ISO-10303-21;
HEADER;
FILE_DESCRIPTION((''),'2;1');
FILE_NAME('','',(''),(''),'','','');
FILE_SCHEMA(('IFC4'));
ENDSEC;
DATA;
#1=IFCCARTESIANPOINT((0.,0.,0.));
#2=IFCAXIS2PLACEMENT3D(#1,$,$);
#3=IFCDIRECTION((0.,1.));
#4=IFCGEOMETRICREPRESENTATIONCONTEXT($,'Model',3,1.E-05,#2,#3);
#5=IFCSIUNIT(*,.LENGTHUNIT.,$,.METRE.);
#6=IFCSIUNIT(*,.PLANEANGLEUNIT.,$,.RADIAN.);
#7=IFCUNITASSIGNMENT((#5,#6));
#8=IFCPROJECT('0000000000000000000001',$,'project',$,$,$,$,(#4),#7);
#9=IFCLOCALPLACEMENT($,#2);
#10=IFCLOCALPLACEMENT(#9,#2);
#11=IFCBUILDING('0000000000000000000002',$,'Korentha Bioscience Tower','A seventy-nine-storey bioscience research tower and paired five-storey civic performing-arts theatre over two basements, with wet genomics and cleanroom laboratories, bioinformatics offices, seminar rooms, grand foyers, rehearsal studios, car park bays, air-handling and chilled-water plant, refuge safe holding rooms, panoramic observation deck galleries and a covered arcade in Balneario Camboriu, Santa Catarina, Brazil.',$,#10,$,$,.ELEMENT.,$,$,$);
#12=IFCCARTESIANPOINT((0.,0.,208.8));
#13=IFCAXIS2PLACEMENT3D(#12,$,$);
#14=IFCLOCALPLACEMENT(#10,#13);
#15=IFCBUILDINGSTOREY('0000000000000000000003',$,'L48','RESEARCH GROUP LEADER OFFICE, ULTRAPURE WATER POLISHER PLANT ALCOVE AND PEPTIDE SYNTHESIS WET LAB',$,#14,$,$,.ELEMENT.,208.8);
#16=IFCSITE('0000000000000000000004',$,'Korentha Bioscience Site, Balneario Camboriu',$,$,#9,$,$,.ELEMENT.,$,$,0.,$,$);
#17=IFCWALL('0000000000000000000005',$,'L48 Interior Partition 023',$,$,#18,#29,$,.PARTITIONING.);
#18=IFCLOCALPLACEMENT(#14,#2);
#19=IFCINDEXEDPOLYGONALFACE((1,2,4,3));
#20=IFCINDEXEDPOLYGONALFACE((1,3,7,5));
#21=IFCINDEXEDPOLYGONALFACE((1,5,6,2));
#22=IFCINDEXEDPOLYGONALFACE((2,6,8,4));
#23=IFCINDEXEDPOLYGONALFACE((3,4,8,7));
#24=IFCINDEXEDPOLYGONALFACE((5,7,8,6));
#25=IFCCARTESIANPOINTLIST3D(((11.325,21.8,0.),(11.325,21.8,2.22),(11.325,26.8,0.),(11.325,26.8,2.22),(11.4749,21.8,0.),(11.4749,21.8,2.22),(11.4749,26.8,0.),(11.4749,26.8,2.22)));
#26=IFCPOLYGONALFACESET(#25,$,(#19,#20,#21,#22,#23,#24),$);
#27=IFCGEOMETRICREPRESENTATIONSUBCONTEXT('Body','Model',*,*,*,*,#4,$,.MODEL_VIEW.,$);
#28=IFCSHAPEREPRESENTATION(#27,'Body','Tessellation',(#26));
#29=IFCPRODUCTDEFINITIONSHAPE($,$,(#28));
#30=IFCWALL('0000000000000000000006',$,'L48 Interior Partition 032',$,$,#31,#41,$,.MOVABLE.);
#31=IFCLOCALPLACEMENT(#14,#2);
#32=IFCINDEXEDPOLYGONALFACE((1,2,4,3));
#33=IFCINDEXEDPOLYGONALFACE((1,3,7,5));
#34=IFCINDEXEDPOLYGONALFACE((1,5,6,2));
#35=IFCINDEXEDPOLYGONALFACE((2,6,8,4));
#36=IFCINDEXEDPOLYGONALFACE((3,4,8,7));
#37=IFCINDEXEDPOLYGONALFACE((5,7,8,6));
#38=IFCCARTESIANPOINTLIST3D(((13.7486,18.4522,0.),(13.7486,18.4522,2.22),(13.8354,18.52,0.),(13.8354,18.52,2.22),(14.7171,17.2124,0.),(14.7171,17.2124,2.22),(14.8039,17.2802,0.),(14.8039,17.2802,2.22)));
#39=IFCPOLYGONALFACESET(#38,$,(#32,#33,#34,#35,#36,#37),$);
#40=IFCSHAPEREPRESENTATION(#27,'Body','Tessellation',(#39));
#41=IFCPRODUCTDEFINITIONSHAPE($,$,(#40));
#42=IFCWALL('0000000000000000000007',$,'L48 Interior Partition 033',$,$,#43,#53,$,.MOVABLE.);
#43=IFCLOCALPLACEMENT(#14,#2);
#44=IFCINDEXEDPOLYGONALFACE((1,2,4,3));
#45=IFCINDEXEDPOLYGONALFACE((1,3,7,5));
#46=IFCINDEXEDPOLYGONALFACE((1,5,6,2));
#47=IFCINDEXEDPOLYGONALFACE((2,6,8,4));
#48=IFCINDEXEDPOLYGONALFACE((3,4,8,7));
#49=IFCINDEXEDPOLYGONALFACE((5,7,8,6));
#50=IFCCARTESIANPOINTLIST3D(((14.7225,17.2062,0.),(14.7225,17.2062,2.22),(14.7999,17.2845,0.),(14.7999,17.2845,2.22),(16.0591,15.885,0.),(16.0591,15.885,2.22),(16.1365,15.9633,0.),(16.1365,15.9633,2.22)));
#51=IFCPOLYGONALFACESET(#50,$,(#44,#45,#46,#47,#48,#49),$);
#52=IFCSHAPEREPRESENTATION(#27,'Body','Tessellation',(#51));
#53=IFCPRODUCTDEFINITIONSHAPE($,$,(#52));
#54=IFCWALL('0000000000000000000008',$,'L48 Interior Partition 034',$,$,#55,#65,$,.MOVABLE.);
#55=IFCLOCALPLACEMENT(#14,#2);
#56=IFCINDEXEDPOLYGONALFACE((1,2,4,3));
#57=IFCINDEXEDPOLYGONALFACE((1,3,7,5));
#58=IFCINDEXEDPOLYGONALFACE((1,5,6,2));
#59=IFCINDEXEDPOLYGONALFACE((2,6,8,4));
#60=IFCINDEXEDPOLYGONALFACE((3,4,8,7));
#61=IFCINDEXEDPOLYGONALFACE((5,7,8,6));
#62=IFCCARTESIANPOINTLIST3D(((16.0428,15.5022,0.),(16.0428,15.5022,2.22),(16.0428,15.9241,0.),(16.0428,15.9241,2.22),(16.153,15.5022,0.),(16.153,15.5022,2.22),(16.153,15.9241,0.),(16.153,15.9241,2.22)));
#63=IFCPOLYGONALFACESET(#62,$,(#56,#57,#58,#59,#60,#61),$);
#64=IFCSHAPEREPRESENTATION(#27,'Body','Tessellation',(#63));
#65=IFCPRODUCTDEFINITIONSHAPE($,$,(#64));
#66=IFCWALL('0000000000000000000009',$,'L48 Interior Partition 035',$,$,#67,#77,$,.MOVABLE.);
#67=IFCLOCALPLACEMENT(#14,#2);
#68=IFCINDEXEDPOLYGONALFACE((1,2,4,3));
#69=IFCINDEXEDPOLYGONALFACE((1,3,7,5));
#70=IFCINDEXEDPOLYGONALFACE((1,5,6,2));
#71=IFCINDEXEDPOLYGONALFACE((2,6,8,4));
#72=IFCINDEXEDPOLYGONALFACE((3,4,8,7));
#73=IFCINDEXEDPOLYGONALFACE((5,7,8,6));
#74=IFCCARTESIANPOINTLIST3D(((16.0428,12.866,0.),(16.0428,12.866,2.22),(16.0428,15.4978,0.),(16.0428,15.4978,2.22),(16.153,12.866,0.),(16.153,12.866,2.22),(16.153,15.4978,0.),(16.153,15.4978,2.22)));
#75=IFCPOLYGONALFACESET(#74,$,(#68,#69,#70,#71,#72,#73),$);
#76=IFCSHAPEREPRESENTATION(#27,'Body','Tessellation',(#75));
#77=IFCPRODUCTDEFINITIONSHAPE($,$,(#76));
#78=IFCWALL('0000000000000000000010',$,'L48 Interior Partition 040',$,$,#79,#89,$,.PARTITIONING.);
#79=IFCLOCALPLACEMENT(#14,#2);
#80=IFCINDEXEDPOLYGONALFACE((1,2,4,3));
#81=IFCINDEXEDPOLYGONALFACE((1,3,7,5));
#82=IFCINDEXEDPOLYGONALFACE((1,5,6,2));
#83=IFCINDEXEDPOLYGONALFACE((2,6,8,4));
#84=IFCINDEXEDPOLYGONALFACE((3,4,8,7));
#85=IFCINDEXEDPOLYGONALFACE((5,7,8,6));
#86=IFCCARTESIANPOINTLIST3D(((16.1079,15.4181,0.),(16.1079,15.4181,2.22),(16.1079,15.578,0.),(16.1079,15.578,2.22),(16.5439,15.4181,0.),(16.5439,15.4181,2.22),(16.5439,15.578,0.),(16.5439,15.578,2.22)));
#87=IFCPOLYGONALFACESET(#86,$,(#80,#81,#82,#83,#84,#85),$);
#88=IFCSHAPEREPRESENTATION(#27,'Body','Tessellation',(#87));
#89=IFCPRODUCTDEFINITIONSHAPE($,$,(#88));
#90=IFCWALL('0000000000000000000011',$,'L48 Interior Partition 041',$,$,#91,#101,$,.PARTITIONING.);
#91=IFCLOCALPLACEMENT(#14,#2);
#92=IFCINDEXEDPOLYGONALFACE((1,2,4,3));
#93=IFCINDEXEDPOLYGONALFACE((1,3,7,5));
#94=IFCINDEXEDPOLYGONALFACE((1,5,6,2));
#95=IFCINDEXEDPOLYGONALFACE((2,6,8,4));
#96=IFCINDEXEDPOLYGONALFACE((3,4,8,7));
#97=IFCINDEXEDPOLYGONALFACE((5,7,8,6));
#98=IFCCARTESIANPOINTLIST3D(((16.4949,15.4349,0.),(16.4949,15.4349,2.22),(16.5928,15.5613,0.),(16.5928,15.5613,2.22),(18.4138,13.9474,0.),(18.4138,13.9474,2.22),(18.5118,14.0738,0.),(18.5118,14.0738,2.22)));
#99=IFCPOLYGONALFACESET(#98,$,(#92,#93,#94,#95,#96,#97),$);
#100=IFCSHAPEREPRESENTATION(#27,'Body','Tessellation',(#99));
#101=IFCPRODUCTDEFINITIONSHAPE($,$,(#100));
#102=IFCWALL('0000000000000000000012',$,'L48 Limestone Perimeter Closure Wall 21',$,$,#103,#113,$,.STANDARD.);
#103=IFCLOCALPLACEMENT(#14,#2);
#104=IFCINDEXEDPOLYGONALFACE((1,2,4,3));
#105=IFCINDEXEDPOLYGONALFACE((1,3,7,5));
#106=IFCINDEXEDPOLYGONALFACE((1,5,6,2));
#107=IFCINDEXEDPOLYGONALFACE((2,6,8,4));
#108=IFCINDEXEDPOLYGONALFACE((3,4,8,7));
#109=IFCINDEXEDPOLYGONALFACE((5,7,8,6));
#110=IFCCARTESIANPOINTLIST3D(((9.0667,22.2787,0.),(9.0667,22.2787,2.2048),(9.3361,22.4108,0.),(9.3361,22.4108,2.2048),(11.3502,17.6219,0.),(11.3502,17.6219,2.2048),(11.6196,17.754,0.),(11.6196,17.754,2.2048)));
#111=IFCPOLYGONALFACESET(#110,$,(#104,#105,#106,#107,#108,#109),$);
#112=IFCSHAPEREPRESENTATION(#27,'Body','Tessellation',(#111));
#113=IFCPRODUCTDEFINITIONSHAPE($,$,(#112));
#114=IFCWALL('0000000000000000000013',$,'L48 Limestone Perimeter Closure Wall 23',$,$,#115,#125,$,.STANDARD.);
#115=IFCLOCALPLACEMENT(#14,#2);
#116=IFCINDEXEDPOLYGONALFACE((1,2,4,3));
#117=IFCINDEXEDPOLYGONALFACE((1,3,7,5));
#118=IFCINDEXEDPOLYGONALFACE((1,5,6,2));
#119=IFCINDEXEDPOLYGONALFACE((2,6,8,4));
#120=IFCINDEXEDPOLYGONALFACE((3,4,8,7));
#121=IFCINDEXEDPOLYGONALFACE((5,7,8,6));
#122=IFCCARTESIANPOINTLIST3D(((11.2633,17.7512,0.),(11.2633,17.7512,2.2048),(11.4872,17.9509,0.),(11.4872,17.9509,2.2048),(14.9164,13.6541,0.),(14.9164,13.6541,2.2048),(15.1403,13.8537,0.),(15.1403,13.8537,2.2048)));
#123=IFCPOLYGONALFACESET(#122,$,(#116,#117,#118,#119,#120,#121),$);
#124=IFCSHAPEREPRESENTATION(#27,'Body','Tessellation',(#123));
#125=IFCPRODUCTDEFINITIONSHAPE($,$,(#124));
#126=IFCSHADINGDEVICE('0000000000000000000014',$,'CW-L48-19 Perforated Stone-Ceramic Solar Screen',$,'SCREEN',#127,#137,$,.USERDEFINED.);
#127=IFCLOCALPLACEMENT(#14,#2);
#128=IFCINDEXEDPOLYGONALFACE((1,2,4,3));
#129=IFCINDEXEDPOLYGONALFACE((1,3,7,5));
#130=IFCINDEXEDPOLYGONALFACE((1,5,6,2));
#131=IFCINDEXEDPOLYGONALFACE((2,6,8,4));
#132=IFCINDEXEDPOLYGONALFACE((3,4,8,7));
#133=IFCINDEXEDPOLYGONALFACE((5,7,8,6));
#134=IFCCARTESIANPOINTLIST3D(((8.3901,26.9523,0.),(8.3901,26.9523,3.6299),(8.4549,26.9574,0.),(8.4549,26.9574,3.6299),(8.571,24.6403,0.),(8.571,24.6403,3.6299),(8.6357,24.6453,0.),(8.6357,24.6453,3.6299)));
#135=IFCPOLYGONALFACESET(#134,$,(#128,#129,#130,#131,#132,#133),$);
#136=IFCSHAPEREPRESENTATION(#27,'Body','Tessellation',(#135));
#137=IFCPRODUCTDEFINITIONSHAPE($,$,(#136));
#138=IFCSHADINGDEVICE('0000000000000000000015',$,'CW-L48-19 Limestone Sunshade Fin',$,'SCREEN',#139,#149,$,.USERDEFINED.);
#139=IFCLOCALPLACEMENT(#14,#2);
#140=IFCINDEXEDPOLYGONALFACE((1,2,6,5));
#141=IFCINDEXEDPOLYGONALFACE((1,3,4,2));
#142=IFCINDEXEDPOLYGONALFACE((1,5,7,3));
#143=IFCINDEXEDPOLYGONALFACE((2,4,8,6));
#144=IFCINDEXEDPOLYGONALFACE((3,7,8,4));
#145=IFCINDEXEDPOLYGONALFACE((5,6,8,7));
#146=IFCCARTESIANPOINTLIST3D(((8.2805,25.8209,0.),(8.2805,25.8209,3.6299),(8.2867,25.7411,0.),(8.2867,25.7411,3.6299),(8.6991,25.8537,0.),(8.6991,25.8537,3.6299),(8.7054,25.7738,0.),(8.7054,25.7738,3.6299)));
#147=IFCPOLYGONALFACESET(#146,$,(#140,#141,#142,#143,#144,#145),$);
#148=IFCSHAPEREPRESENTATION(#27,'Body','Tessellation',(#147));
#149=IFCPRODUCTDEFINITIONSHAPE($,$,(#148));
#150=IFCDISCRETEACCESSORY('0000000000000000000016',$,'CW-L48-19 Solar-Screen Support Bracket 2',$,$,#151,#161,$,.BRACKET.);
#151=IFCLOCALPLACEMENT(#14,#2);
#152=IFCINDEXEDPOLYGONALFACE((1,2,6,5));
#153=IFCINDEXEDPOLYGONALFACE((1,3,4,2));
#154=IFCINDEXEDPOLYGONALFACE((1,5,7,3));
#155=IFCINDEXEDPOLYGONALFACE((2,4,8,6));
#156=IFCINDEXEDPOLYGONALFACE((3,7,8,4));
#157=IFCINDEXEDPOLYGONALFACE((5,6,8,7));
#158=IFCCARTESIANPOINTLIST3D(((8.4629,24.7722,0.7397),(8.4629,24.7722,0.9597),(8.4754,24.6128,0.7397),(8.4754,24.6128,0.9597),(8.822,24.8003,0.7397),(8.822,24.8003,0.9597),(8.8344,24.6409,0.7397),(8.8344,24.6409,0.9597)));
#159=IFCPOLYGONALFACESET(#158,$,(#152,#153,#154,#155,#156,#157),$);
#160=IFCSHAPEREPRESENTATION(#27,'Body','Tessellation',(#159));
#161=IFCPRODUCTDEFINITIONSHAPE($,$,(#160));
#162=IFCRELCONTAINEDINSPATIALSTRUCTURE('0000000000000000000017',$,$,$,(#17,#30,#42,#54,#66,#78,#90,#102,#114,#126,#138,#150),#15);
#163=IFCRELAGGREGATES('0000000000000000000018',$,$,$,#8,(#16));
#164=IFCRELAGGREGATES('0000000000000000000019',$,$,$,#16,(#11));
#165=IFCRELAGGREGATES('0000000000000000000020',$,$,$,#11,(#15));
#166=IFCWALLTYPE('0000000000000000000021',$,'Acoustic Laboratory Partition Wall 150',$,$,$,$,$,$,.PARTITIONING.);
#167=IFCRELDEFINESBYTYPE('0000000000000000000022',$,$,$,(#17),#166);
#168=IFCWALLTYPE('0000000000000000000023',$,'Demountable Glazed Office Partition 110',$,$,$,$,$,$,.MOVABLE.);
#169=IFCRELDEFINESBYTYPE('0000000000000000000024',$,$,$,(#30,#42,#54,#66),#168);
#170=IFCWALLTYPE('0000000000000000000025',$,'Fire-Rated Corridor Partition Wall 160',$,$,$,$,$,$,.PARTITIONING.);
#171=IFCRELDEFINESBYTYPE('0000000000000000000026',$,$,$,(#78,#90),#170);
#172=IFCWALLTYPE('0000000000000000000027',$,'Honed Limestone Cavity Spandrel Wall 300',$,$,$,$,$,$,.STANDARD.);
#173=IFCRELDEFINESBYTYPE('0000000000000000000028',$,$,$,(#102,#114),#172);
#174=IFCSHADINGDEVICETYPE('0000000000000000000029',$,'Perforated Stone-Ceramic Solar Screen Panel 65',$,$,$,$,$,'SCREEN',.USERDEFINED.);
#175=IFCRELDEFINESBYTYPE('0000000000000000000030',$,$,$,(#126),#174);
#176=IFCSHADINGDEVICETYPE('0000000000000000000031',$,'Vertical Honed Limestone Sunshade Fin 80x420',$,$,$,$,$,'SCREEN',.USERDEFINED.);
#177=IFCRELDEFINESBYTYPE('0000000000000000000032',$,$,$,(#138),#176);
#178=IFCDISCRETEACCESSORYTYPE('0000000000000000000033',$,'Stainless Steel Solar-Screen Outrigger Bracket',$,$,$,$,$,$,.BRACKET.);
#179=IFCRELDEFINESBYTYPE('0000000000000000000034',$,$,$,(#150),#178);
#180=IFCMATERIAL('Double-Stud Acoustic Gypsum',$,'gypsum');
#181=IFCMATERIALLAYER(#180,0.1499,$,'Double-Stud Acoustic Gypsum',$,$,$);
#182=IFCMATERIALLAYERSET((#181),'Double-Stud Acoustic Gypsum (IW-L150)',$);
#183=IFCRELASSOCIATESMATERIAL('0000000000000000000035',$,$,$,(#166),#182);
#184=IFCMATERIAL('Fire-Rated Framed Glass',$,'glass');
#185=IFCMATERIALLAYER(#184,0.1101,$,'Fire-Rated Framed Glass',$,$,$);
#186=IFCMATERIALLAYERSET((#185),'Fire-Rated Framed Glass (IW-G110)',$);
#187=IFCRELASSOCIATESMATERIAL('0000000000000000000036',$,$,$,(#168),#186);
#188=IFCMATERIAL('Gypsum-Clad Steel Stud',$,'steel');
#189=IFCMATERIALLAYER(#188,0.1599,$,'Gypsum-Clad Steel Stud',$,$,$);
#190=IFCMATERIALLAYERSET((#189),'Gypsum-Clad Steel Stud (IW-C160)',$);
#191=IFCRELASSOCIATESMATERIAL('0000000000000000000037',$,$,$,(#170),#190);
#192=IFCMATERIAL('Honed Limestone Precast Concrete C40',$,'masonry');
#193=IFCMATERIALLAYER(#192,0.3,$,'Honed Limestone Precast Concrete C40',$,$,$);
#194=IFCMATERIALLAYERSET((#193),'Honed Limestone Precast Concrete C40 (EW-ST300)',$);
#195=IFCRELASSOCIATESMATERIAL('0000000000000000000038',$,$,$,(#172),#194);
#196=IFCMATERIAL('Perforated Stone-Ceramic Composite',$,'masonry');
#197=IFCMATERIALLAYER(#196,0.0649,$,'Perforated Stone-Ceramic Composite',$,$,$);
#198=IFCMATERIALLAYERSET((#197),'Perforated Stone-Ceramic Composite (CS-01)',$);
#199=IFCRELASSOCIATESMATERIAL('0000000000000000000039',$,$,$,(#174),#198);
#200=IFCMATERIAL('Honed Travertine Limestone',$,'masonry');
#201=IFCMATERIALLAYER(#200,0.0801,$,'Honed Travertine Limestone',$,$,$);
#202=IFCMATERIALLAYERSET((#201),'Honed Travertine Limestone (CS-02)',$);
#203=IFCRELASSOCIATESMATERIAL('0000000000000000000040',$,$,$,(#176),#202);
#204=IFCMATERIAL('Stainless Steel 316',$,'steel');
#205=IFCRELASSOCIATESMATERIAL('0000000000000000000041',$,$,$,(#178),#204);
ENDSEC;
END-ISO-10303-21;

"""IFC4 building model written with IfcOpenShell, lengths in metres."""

from ifc_helpers import new_model, si_unit, direction, frame, frame_2d, origin, origin_2d, place, context, subcontext, project, spatial, rectangle, extrude, material, layer, layer_set, type_object, element, save


model = new_model("IFC4")

# Units and contexts
model_context = context("Model", 3, precision=1e-05, world=origin(), true_north=direction((0.0, 1.0)))
body_context = subcontext(model_context, "Body", "Model", "MODEL_VIEW")
ifc_project = project(units=[si_unit("LENGTHUNIT", "METRE"), si_unit("PLANEANGLEUNIT", "RADIAN")], contexts=[model_context])

# Site, building, storey
site_placement = place(None, origin())
site = spatial("IfcSite", under=ifc_project, at=site_placement, Name="Korentha Bioscience Site, Balneario Camboriu", CompositionType="ELEMENT", RefElevation=0.0)
building_placement = place(site_placement, origin())
building = spatial("IfcBuilding", under=site, at=building_placement, Name="Korentha Bioscience Tower", Description="A seventy-nine-storey bioscience research tower and paired five-storey civic performing-arts theatre over two basements, with wet genomics and cleanroom laboratories, bioinformatics offices, seminar rooms, grand foyers, rehearsal studios, car park bays, air-handling and chilled-water plant, refuge safe holding rooms, panoramic observation deck galleries and a covered arcade in Balneario Camboriu, Santa Catarina, Brazil.", CompositionType="ELEMENT")
storey_placement = place(building_placement, frame((0.0, 0.0, 208.8)))
storey = spatial("IfcBuildingStorey", under=building, at=storey_placement, Name="L48", Description="RESEARCH GROUP LEADER OFFICE, ULTRAPURE WATER POLISHER PLANT ALCOVE AND PEPTIDE SYNTHESIS WET LAB", CompositionType="ELEMENT", Elevation=208.8)

# Wall
ifc_material_1 = material(Name="Double-Stud Acoustic Gypsum", Category="gypsum")
ifc_layer_1 = layer(ifc_material_1, 0.1499, Name="Double-Stud Acoustic Gypsum")
ifc_layer_set_1 = layer_set([ifc_layer_1], Name="Double-Stud Acoustic Gypsum (IW-L150)")
wall_type_1 = type_object("IfcWallType", Name="Acoustic Laboratory Partition Wall 150", PredefinedType="PARTITIONING", material=ifc_layer_set_1)
wall_1_placement = place(storey_placement, frame((11.3999, 21.8, 0.0), z_axis=(0.0, 0.0, 1.0), x_axis=(0.0, 1.0, 0.0)))
element("IfcWall", 1, at=wall_1_placement, inside=storey, type_object=wall_type_1, Name="L48 Interior Partition 023", PredefinedType="PARTITIONING", context=body_context, shape_type="SweptSolid", body=[
    extrude(rectangle(XDim=5.0, YDim=0.1499, at=frame_2d((2.5, 0.0))), origin(), (0.0, 0.0, 1.0), 2.22),
])

# Shared definitions
ifc_material_2 = material(Name="Fire-Rated Framed Glass", Category="glass")
ifc_layer_2 = layer(ifc_material_2, 0.1101, Name="Fire-Rated Framed Glass")
ifc_layer_set_2 = layer_set([ifc_layer_2], Name="Fire-Rated Framed Glass (IW-G110)")
wall_type_2 = type_object("IfcWallType", Name="Demountable Glazed Office Partition 110", PredefinedType="MOVABLE", material=ifc_layer_set_2)

# Walls
wall_2_placement = place(storey_placement, frame((13.792, 18.4861, 0.0), z_axis=(0.0, 0.0, 1.0), x_axis=(0.615626, -0.788038, 0.0)))
element("IfcWall", 2, at=wall_2_placement, inside=storey, type_object=wall_type_2, Name="L48 Interior Partition 032", PredefinedType="MOVABLE", context=body_context, shape_type="SweptSolid", body=[
    extrude(rectangle(XDim=1.5732, YDim=0.1101, at=frame_2d((0.7866, 0.0))), origin(), (0.0, 0.0, 1.0), 2.22),
])
wall_3_placement = place(storey_placement, frame((14.7612, 17.2454, 0.0), z_axis=(0.0, 0.0, 1.0), x_axis=(0.711187, -0.703003, 0.0)))
element("IfcWall", 3, at=wall_3_placement, inside=storey, type_object=wall_type_2, Name="L48 Interior Partition 033", PredefinedType="MOVABLE", context=body_context, shape_type="SweptSolid", body=[
    extrude(rectangle(XDim=1.8794, YDim=0.1101, at=frame_2d((0.9397, 0.0))), origin(), (0.0, 0.0, 1.0), 2.22),
])
wall_4_placement = place(storey_placement, frame((16.0979, 15.9241, 0.0), z_axis=(0.0, 0.0, 1.0), x_axis=(0.0, -1.0, 0.0)))
element("IfcWall", 4, at=wall_4_placement, inside=storey, type_object=wall_type_2, Name="L48 Interior Partition 034", PredefinedType="MOVABLE", context=body_context, shape_type="SweptSolid", body=[
    extrude(rectangle(XDim=0.4219, YDim=0.1101, at=frame_2d((0.2109, 0.0))), origin(), (0.0, 0.0, 1.0), 2.22),
])
wall_5_placement = place(storey_placement, frame((16.0979, 15.4978, 0.0), z_axis=(0.0, 0.0, 1.0), x_axis=(0.0, -1.0, 0.0)))
element("IfcWall", 5, at=wall_5_placement, inside=storey, type_object=wall_type_2, Name="L48 Interior Partition 035", PredefinedType="MOVABLE", context=body_context, shape_type="SweptSolid", body=[
    extrude(rectangle(XDim=2.6318, YDim=0.1101, at=frame_2d((1.3159, 0.0))), origin(), (0.0, 0.0, 1.0), 2.22),
])
ifc_material_3 = material(Name="Gypsum-Clad Steel Stud", Category="steel")
ifc_layer_3 = layer(ifc_material_3, 0.1599, Name="Gypsum-Clad Steel Stud")
ifc_layer_set_3 = layer_set([ifc_layer_3], Name="Gypsum-Clad Steel Stud (IW-C160)")
wall_type_3 = type_object("IfcWallType", Name="Fire-Rated Corridor Partition Wall 160", PredefinedType="PARTITIONING", material=ifc_layer_set_3)
wall_6_placement = place(storey_placement, frame((16.1079, 15.498, 0.0), z_axis=(0.0, 0.0, 1.0), x_axis=(1.0, 0.0, 0.0)))
element("IfcWall", 6, at=wall_6_placement, inside=storey, type_object=wall_type_3, Name="L48 Interior Partition 040", PredefinedType="PARTITIONING", context=body_context, shape_type="SweptSolid", body=[
    extrude(rectangle(XDim=0.436, YDim=0.1599, at=frame_2d((0.218, 0.0))), origin(), (0.0, 0.0, 1.0), 2.22),
])
wall_7_placement = place(storey_placement, frame((16.5439, 15.498, 0.0), z_axis=(0.0, 0.0, 1.0), x_axis=(0.790342, -0.612666, 0.0)))
element("IfcWall", 7, at=wall_7_placement, inside=storey, type_object=wall_type_3, Name="L48 Interior Partition 041", PredefinedType="PARTITIONING", context=body_context, shape_type="SweptSolid", body=[
    extrude(rectangle(XDim=2.428, YDim=0.1599, at=frame_2d((1.2139, 0.0))), origin(), (0.0, 0.0, 1.0), 2.22),
])

# Shared definitions
ifc_material_4 = material(Name="Honed Limestone Precast Concrete C40", Category="masonry")
ifc_layer_4 = layer(ifc_material_4, 0.3, Name="Honed Limestone Precast Concrete C40")
ifc_layer_set_4 = layer_set([ifc_layer_4], Name="Honed Limestone Precast Concrete C40 (EW-ST300)")
wall_type_4 = type_object("IfcWallType", Name="Honed Limestone Cavity Spandrel Wall 300", PredefinedType="STANDARD", material=ifc_layer_set_4)

# Walls
wall_8_placement = place(storey_placement, frame((9.2014, 22.3447, 0.0), z_axis=(0.0, 0.0, 1.0), x_axis=(0.440271, -0.897865, 0.0)))
element("IfcWall", 8, at=wall_8_placement, inside=storey, type_object=wall_type_4, Name="L48 Limestone Perimeter Closure Wall 21", PredefinedType="STANDARD", context=body_context, shape_type="SweptSolid", body=[
    extrude(rectangle(XDim=5.1865, YDim=0.3, at=frame_2d((2.5933, 0.0))), origin(), (0.0, 0.0, 1.0), 2.2048),
])
wall_9_placement = place(storey_placement, frame((11.3752, 17.8511, 0.0), z_axis=(0.0, 0.0, 1.0), x_axis=(0.665498, -0.7464, 0.0)))
element("IfcWall", 9, at=wall_9_placement, inside=storey, type_object=wall_type_4, Name="L48 Limestone Perimeter Closure Wall 23", PredefinedType="STANDARD", context=body_context, shape_type="SweptSolid", body=[
    extrude(rectangle(XDim=5.4893, YDim=0.3, at=frame_2d((2.7446, 0.0))), origin(), (0.0, 0.0, 1.0), 2.2048),
])

# Shading devices
ifc_material_5 = material(Name="Perforated Stone-Ceramic Composite", Category="masonry")
ifc_layer_5 = layer(ifc_material_5, 0.0649, Name="Perforated Stone-Ceramic Composite")
ifc_layer_set_5 = layer_set([ifc_layer_5], Name="Perforated Stone-Ceramic Composite (CS-01)")
shading_device_type_1 = type_object("IfcShadingDeviceType", Name="Perforated Stone-Ceramic Solar Screen Panel 65", ElementType="SCREEN", PredefinedType="USERDEFINED", material=ifc_layer_set_5)
shading_device_1_placement = place(storey_placement, frame((8.5129, 25.7988, 0.0), z_axis=(0.0, 0.0, 1.0), x_axis=(0.077988, -0.996954, 0.0)))
element("IfcShadingDevice", 10, at=shading_device_1_placement, inside=storey, type_object=shading_device_type_1, Name="CW-L48-19 Perforated Stone-Ceramic Solar Screen", ObjectType="SCREEN", PredefinedType="USERDEFINED", context=body_context, shape_type="SweptSolid", body=[
    extrude(rectangle(XDim=2.3191, YDim=0.0649, at=origin_2d()), origin(), (0.0, 0.0, 1.0), 3.6299),
])
ifc_material_6 = material(Name="Honed Travertine Limestone", Category="masonry")
ifc_layer_6 = layer(ifc_material_6, 0.0801, Name="Honed Travertine Limestone")
ifc_layer_set_6 = layer_set([ifc_layer_6], Name="Honed Travertine Limestone (CS-02)")
shading_device_type_2 = type_object("IfcShadingDeviceType", Name="Vertical Honed Limestone Sunshade Fin 80x420", ElementType="SCREEN", PredefinedType="USERDEFINED", material=ifc_layer_set_6)
shading_device_2_placement = place(storey_placement, frame((8.4929, 25.7974, 0.0), z_axis=(0.0, 0.0, 1.0), x_axis=(0.077988, -0.996954, 0.0)))
element("IfcShadingDevice", 11, at=shading_device_2_placement, inside=storey, type_object=shading_device_type_2, Name="CW-L48-19 Limestone Sunshade Fin", ObjectType="SCREEN", PredefinedType="USERDEFINED", context=body_context, shape_type="SweptSolid", body=[
    extrude(rectangle(XDim=0.0801, YDim=0.4199, at=origin_2d()), origin(), (0.0, 0.0, 1.0), 3.6299),
])

# Discrete accessory
ifc_material_7 = material(Name="Stainless Steel 316", Category="steel")
discrete_accessory_type = type_object("IfcDiscreteAccessoryType", Name="Stainless Steel Solar-Screen Outrigger Bracket", PredefinedType="BRACKET", material=ifc_material_7)
discrete_accessory_placement = place(storey_placement, frame((8.6487, 24.7065, 0.7397), z_axis=(0.0, 0.0, 1.0), x_axis=(0.077988, -0.996954, 0.0)))
element("IfcDiscreteAccessory", 12, at=discrete_accessory_placement, inside=storey, type_object=discrete_accessory_type, Name="CW-L48-19 Solar-Screen Support Bracket 2", PredefinedType="BRACKET", context=body_context, shape_type="SweptSolid", body=[
    extrude(rectangle(XDim=0.1599, YDim=0.3601, at=origin_2d()), origin(), (0.0, 0.0, 1.0), 0.22),
])

save(model, "model.ifc")
